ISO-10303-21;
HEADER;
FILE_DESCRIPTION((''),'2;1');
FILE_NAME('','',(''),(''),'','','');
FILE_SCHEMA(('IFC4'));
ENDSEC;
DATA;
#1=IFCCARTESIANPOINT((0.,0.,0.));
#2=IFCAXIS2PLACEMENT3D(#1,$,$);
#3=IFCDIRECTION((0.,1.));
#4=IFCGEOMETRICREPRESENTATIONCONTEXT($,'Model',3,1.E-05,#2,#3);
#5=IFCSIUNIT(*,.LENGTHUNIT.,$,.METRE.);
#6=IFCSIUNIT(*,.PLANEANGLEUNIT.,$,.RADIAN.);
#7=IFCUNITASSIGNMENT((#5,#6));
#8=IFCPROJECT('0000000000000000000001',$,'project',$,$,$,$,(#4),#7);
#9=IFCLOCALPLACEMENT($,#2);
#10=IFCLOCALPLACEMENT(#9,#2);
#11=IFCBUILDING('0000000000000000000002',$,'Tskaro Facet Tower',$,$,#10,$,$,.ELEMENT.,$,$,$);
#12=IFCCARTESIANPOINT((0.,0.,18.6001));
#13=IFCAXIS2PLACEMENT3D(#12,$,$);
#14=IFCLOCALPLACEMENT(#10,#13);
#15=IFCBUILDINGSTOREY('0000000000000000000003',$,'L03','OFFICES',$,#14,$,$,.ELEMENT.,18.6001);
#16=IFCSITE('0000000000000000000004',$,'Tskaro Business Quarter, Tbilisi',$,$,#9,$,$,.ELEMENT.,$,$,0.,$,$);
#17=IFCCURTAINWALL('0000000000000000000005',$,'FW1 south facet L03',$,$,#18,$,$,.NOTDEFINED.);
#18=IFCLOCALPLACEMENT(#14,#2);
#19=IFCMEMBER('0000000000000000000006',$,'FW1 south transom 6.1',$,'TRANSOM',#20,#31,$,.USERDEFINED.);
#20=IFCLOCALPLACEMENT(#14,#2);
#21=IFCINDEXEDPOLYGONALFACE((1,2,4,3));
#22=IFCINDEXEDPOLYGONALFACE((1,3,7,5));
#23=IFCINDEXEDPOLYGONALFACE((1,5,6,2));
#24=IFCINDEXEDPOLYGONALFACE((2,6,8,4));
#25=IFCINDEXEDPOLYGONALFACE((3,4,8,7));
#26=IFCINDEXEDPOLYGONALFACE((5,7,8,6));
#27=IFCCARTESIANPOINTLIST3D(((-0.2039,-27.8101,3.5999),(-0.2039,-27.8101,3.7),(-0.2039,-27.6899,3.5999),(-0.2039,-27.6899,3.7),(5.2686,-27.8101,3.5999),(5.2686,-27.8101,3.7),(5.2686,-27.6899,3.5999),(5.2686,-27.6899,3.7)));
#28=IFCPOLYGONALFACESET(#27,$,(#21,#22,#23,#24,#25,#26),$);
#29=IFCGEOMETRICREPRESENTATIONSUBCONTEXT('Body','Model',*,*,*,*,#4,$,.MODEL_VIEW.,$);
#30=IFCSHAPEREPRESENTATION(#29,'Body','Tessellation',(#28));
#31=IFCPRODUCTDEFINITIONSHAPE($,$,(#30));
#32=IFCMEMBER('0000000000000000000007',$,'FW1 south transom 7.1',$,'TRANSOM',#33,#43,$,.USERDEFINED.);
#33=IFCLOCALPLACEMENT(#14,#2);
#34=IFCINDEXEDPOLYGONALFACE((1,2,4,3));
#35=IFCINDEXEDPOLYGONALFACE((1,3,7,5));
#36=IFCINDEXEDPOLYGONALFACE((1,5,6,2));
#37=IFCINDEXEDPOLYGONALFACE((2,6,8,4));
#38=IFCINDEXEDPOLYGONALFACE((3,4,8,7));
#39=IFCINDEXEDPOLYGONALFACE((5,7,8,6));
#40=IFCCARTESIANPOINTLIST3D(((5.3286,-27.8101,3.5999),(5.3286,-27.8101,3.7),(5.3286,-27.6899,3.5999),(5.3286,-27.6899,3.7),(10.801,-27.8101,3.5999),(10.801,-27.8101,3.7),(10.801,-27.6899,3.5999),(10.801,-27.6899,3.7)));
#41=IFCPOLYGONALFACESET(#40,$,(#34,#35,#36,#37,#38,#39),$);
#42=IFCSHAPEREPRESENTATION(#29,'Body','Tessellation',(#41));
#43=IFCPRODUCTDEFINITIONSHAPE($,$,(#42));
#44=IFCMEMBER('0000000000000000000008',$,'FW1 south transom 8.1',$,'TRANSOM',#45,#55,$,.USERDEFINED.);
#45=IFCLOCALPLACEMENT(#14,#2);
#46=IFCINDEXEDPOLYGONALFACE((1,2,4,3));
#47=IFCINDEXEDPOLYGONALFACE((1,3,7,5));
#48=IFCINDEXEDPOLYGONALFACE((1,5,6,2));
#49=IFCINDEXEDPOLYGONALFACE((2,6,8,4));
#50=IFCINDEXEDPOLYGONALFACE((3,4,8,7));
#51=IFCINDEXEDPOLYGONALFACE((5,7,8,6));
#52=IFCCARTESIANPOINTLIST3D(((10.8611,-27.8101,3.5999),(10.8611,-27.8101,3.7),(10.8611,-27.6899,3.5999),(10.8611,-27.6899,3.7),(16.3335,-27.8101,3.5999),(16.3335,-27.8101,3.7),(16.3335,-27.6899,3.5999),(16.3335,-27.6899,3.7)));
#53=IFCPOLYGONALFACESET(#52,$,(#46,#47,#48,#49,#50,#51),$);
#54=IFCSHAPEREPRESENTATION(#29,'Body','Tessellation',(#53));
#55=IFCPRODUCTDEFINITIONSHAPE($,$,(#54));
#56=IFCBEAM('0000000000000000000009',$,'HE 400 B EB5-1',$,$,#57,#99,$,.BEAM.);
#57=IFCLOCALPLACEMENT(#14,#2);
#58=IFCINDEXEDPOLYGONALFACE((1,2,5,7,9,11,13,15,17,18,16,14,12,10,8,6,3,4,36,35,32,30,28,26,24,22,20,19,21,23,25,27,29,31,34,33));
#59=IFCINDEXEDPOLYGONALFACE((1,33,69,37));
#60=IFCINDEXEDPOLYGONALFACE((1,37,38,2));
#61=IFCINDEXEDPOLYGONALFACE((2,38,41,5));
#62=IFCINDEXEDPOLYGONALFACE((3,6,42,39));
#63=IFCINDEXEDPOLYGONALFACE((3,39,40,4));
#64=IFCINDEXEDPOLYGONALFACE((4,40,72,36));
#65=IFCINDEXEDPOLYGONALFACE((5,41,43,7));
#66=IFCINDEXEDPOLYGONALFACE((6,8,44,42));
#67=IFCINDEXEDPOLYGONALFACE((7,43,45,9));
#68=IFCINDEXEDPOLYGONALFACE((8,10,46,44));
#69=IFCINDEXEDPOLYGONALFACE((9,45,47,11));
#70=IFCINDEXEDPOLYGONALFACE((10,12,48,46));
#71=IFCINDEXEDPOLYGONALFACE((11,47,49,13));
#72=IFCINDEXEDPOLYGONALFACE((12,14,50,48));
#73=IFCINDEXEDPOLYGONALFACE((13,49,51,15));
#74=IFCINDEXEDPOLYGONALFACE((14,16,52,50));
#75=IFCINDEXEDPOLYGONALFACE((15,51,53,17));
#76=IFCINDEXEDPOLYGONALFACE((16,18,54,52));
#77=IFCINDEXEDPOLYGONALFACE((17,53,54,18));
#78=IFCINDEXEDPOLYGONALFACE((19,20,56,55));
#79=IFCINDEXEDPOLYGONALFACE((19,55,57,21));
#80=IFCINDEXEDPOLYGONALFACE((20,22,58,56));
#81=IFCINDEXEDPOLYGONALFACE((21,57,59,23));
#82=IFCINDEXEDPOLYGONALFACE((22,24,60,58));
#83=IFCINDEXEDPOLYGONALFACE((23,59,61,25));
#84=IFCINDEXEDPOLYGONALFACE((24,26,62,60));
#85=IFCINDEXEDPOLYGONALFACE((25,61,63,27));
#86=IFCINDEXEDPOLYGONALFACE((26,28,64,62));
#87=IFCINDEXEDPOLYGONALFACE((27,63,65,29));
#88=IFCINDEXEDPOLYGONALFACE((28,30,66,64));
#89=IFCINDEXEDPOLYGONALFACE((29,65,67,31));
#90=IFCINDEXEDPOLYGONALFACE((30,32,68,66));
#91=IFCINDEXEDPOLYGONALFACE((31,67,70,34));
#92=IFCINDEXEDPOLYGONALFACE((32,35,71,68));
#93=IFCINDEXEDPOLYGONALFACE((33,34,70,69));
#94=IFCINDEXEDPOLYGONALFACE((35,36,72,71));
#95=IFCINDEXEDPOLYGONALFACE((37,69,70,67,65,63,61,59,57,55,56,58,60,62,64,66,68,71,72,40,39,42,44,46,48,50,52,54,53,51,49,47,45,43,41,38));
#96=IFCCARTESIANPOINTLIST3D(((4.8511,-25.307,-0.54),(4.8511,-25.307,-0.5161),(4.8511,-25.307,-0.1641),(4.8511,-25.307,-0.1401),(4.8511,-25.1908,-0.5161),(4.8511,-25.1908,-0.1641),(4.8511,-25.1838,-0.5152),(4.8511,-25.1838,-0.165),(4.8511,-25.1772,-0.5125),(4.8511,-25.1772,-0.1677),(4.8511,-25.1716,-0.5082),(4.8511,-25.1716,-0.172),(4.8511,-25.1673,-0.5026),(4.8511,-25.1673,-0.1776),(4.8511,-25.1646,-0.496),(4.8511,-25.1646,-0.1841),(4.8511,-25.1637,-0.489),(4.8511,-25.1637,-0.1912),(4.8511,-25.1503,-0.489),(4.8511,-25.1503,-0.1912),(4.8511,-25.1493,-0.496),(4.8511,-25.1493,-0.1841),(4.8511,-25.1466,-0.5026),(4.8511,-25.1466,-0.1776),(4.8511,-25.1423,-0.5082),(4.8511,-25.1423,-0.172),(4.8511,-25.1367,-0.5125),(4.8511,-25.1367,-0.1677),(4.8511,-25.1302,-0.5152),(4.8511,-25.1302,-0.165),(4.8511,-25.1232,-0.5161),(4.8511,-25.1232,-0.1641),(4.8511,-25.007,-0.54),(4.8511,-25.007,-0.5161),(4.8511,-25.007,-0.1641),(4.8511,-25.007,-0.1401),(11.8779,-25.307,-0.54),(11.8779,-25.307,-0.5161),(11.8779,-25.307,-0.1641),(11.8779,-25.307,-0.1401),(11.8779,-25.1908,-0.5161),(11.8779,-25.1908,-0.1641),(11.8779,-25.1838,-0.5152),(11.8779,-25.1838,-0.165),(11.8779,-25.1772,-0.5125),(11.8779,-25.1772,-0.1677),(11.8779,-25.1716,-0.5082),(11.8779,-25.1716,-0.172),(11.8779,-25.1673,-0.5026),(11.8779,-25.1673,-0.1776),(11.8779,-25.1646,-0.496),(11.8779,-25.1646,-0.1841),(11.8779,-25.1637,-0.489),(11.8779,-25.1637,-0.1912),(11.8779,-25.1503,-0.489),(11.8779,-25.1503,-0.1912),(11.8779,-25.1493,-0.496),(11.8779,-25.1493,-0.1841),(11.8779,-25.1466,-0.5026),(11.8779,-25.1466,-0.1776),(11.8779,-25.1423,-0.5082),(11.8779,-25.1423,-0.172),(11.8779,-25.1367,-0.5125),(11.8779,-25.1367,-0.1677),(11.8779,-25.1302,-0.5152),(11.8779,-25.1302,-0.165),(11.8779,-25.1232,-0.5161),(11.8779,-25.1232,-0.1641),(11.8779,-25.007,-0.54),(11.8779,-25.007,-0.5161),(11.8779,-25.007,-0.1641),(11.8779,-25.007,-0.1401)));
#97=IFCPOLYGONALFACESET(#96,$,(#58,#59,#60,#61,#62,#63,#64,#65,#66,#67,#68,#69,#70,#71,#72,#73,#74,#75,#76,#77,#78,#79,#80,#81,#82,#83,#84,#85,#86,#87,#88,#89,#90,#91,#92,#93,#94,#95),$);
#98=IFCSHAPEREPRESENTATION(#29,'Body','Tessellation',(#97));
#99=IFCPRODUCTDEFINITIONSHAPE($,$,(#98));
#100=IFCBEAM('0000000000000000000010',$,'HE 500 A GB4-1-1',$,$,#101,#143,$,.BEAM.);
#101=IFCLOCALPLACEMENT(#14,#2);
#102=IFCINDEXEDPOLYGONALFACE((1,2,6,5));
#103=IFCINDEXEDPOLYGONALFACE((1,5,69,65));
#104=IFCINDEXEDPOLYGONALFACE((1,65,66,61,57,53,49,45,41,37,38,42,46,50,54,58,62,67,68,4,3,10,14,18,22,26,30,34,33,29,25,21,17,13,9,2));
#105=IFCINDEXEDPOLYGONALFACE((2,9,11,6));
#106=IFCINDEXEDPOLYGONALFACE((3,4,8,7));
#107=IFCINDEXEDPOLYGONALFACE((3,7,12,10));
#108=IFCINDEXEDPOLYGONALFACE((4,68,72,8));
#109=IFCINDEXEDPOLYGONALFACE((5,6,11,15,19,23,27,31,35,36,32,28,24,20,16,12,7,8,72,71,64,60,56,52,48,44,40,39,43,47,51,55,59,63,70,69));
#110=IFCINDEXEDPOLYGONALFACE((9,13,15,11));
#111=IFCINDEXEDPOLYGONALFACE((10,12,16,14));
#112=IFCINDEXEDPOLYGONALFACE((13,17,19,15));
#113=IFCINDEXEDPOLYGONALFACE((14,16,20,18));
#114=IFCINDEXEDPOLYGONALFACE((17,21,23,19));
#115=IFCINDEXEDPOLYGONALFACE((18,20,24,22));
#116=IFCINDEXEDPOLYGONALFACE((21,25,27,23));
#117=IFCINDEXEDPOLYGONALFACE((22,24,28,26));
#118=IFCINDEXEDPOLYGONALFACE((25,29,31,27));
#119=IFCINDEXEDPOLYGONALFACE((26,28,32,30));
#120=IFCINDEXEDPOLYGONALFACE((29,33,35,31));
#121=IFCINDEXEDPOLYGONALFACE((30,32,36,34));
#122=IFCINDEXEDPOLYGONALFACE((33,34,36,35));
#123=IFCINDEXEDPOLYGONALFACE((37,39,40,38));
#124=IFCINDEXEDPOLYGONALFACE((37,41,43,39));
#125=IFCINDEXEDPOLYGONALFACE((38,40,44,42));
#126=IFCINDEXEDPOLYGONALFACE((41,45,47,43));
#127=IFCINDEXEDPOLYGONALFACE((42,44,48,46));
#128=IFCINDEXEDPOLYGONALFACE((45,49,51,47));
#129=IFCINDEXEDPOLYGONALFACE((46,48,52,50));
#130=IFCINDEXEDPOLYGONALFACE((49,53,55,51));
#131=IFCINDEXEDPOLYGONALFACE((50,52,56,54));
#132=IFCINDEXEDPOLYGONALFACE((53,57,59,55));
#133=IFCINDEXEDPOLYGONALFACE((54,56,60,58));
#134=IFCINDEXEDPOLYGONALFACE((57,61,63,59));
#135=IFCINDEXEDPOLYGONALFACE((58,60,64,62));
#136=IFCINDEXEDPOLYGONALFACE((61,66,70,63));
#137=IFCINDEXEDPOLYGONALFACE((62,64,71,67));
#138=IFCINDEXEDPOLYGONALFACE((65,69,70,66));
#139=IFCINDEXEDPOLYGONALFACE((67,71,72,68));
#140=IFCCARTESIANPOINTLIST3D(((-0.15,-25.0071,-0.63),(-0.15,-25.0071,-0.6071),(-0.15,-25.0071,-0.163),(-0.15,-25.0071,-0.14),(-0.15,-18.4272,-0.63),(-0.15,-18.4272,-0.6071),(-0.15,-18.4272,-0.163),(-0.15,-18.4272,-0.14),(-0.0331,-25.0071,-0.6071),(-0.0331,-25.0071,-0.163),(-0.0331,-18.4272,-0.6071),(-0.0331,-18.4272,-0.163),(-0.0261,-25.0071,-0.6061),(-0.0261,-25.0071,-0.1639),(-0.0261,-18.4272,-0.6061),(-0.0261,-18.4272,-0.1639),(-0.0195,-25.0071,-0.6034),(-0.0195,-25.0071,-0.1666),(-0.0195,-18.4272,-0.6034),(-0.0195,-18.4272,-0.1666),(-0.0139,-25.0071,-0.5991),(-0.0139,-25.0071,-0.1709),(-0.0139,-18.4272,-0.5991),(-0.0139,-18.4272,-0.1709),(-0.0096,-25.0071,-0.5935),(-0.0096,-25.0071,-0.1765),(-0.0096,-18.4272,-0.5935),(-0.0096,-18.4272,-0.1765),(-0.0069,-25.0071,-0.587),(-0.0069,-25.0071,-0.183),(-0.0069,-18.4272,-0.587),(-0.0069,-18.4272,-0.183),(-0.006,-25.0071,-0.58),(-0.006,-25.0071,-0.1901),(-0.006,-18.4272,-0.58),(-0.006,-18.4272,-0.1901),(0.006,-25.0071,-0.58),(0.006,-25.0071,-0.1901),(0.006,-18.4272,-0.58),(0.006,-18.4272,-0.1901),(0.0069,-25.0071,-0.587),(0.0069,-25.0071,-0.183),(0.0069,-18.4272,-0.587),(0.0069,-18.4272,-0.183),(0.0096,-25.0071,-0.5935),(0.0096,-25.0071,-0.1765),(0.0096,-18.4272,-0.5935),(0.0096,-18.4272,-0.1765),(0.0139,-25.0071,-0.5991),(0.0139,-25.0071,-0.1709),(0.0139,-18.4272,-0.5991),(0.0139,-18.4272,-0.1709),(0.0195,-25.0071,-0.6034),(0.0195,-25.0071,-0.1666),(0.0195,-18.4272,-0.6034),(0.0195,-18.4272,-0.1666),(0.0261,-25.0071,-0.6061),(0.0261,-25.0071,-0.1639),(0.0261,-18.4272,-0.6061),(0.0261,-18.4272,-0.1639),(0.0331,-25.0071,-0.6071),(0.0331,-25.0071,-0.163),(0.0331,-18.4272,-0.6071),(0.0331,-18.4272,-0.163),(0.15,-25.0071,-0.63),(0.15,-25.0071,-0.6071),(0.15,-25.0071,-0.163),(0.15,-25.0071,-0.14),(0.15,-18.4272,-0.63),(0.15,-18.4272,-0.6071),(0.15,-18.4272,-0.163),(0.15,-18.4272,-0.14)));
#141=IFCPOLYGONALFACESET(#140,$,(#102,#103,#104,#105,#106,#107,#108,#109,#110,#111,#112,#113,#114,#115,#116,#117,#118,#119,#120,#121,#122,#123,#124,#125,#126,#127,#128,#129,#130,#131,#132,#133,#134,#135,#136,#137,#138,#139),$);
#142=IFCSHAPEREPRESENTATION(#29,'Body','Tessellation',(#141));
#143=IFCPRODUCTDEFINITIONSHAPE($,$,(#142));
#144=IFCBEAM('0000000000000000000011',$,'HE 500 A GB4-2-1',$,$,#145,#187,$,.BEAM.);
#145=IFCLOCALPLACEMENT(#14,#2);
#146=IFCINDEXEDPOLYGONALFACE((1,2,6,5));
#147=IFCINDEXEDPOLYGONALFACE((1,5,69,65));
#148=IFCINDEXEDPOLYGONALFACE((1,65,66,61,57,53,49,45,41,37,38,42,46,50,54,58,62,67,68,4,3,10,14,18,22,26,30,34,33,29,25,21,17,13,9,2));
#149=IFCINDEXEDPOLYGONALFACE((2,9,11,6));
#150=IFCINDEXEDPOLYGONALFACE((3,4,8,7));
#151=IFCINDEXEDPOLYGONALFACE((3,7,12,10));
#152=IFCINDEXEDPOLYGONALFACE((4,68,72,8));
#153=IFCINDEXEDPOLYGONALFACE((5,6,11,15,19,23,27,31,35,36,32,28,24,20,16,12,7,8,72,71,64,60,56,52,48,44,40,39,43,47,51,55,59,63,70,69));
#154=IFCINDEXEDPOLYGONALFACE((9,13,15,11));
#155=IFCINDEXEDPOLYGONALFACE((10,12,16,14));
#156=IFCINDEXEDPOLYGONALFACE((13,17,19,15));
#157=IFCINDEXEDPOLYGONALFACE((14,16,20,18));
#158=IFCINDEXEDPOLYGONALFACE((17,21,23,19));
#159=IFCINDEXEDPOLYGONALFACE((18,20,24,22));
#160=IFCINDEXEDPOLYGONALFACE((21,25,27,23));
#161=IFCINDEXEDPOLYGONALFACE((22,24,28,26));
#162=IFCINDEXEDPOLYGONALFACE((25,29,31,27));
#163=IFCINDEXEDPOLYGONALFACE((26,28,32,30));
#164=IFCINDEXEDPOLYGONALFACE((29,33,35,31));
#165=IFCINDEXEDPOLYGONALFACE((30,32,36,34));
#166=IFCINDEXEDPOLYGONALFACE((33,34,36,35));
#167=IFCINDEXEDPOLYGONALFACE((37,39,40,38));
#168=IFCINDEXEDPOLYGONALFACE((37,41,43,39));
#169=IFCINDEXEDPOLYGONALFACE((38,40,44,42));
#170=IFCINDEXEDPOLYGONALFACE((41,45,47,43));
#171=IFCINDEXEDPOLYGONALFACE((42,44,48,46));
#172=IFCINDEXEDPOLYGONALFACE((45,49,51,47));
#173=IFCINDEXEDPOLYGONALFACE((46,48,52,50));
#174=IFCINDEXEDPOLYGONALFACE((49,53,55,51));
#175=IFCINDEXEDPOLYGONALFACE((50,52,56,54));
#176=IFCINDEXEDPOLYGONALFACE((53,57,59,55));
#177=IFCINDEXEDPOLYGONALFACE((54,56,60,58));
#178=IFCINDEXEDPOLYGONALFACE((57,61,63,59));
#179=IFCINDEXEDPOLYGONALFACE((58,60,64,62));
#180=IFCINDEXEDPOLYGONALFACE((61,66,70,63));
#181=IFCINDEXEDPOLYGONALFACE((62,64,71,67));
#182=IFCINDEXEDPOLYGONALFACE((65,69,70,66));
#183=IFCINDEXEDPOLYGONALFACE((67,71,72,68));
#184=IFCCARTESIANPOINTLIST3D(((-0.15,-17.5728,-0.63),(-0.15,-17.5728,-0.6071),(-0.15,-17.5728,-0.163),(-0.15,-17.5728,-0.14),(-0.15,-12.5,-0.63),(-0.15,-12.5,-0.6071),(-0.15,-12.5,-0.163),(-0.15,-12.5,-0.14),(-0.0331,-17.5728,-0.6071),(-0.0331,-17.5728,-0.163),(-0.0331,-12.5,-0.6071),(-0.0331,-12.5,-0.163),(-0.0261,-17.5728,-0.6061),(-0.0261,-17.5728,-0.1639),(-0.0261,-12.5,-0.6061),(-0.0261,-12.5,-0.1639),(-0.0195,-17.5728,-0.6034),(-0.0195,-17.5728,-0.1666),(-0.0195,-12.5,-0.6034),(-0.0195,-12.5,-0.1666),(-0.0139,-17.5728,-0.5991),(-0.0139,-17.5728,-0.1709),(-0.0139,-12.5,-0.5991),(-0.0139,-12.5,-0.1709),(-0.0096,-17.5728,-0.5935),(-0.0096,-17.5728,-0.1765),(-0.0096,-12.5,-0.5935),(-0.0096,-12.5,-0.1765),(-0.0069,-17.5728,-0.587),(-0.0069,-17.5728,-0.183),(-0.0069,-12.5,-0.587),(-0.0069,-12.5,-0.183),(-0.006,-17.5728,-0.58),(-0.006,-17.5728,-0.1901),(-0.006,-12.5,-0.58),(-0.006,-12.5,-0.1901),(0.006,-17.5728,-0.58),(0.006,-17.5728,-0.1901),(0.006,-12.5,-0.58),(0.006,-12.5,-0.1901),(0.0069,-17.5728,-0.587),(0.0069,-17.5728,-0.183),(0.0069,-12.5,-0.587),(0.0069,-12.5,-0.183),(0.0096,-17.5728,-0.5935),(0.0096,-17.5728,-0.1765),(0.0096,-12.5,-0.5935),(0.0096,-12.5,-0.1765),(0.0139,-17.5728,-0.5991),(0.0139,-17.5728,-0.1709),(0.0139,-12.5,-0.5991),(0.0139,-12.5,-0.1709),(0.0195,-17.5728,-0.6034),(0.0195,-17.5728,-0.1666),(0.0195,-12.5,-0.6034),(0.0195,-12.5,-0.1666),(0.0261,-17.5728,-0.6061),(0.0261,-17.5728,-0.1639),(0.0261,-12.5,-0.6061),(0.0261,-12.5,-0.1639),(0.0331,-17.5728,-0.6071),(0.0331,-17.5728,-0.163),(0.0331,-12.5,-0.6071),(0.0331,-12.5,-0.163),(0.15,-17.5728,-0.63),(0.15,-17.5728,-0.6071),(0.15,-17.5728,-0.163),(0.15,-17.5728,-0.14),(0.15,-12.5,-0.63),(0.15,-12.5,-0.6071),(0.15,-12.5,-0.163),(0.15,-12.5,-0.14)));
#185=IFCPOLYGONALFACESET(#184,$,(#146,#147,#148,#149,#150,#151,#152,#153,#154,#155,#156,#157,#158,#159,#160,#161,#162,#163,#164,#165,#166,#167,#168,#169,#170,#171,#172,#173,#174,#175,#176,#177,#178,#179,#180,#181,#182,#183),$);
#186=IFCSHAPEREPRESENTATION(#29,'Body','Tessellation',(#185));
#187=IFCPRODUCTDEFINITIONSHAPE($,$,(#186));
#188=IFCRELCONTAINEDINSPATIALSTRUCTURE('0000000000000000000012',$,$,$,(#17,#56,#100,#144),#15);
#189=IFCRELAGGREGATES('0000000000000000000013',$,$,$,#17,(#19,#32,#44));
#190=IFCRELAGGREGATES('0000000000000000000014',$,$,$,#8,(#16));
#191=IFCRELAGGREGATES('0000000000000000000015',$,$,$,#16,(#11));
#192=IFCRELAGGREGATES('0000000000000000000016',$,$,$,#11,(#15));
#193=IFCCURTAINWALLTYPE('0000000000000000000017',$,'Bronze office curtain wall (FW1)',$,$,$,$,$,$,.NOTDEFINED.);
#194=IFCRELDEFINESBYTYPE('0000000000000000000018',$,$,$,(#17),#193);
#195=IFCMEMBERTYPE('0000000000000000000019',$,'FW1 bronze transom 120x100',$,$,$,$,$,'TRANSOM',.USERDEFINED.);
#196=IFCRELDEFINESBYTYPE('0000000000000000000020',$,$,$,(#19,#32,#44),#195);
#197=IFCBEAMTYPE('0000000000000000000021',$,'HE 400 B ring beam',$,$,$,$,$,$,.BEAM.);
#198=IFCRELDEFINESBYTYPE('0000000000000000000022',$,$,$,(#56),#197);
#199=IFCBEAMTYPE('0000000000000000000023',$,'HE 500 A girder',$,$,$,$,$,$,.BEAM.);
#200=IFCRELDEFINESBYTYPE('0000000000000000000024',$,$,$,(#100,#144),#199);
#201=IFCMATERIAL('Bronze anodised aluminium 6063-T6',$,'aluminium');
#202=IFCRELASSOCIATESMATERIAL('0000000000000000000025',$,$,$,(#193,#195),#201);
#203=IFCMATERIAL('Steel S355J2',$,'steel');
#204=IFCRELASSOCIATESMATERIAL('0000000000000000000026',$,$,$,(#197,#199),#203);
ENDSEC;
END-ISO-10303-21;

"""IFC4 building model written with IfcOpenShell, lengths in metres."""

from ifc_helpers import new_model, si_unit, direction, frame, origin, origin_2d, place, context, subcontext, project, spatial, rectangle, i_section, extrude, material, material_profile, profile_set, type_object, element, aggregate, save


model = new_model("IFC4")

# Units and contexts
model_context = context("Model", 3, precision=1e-05, world=origin(), true_north=direction((0.0, 1.0)))
body_context = subcontext(model_context, "Body", "Model", "MODEL_VIEW")
ifc_project = project(units=[si_unit("LENGTHUNIT", "METRE"), si_unit("PLANEANGLEUNIT", "RADIAN")], contexts=[model_context])

# Site, building, storey
site_placement = place(None, origin())
site = spatial("IfcSite", under=ifc_project, at=site_placement, Name="Tskaro Business Quarter, Tbilisi", CompositionType="ELEMENT", RefElevation=0.0)
building_placement = place(site_placement, origin())
building = spatial("IfcBuilding", under=site, at=building_placement, Name="Tskaro Facet Tower", CompositionType="ELEMENT")
storey_placement = place(building_placement, frame((0.0, 0.0, 18.6001)))
storey = spatial("IfcBuildingStorey", under=building, at=storey_placement, Name="L03", Description="OFFICES", CompositionType="ELEMENT", Elevation=18.6001)

# Curtain wall, members
ifc_material_1 = material(Name="Bronze anodised aluminium 6063-T6", Category="aluminium")
curtain_wall_type = type_object("IfcCurtainWallType", Name="Bronze office curtain wall (FW1)", PredefinedType="NOTDEFINED", material=ifc_material_1)
curtain_wall_placement = place(storey_placement, origin())
curtain_wall = element("IfcCurtainWall", 1, at=curtain_wall_placement, inside=storey, type_object=curtain_wall_type, Name="FW1 south facet L03", PredefinedType="NOTDEFINED")
ifc_material_profile_1 = material_profile(ifc_material_1, rectangle(XDim=0.1201, YDim=0.1001, at=origin_2d()), Name="Transom 120x100")
ifc_profile_set_1 = profile_set([ifc_material_profile_1], Name="Bronze anodised aluminium 6063-T6")
member_type_1 = type_object("IfcMemberType", Name="FW1 bronze transom 120x100", ElementType="TRANSOM", PredefinedType="USERDEFINED", material=ifc_profile_set_1)
member_1_placement = place(storey_placement, frame((-0.2039, -27.75, 3.6499), z_axis=(1.0, 0.0, 0.0), x_axis=(0.0, 1.0, 0.0)))
member_1 = element("IfcMember", 2, at=member_1_placement, type_object=member_type_1, Name="FW1 south transom 6.1", ObjectType="TRANSOM", PredefinedType="USERDEFINED", context=body_context, shape_type="SweptSolid", body=[
    extrude(rectangle(XDim=0.1201, YDim=0.1001, at=origin_2d()), origin(), (0.0, 0.0, 1.0), 5.4724),
])
member_2_placement = place(storey_placement, frame((5.3286, -27.75, 3.6499), z_axis=(1.0, 0.0, 0.0), x_axis=(0.0, 1.0, 0.0)))
member_2 = element("IfcMember", 3, at=member_2_placement, type_object=member_type_1, Name="FW1 south transom 7.1", ObjectType="TRANSOM", PredefinedType="USERDEFINED", context=body_context, shape_type="SweptSolid", body=[
    extrude(rectangle(XDim=0.1201, YDim=0.1001, at=origin_2d()), origin(), (0.0, 0.0, 1.0), 5.4724),
])
member_3_placement = place(storey_placement, frame((10.8611, -27.75, 3.6499), z_axis=(1.0, 0.0, 0.0), x_axis=(0.0, 1.0, 0.0)))
member_3 = element("IfcMember", 4, at=member_3_placement, type_object=member_type_1, Name="FW1 south transom 8.1", ObjectType="TRANSOM", PredefinedType="USERDEFINED", context=body_context, shape_type="SweptSolid", body=[
    extrude(rectangle(XDim=0.1201, YDim=0.1001, at=origin_2d()), origin(), (0.0, 0.0, 1.0), 5.4724),
])

# Beams
ifc_material_2 = material(Name="Steel S355J2", Category="steel")
ifc_material_profile_2 = material_profile(ifc_material_2, i_section(OverallWidth=0.3, OverallDepth=0.3999, WebThickness=0.0134, FlangeThickness=0.0239, FilletRadius=0.0271, at=origin_2d()), Name="HE 400 B")
ifc_profile_set_2 = profile_set([ifc_material_profile_2], Name="Steel S355J2")
beam_type_1 = type_object("IfcBeamType", Name="HE 400 B ring beam", PredefinedType="BEAM", material=ifc_profile_set_2)
beam_1_placement = place(storey_placement, frame((4.8511, -25.157, -0.3401), z_axis=(1.0, 0.0, 0.0), x_axis=(0.0, 1.0, 0.0)))
element("IfcBeam", 5, at=beam_1_placement, inside=storey, type_object=beam_type_1, Name="HE 400 B EB5-1", PredefinedType="BEAM", context=body_context, shape_type="SweptSolid", body=[
    extrude(i_section(OverallWidth=0.3, OverallDepth=0.3999, WebThickness=0.0134, FlangeThickness=0.0239, FilletRadius=0.0271, at=origin_2d()), origin(), (0.0, 0.0, 1.0), 7.0269),
])
ifc_material_profile_3 = material_profile(ifc_material_2, i_section(OverallWidth=0.3, OverallDepth=0.49, WebThickness=0.012, FlangeThickness=0.0229, FilletRadius=0.0271, at=origin_2d()), Name="HE 500 A")
ifc_profile_set_3 = profile_set([ifc_material_profile_3], Name="Steel S355J2")
beam_type_2 = type_object("IfcBeamType", Name="HE 500 A girder", PredefinedType="BEAM", material=ifc_profile_set_3)
beam_2_placement = place(storey_placement, frame((0.0, -25.0071, -0.385), z_axis=(0.0, 1.0, 0.0), x_axis=(-1.0, 0.0, 0.0)))
element("IfcBeam", 6, at=beam_2_placement, inside=storey, type_object=beam_type_2, Name="HE 500 A GB4-1-1", PredefinedType="BEAM", context=body_context, shape_type="SweptSolid", body=[
    extrude(i_section(OverallWidth=0.3, OverallDepth=0.49, WebThickness=0.012, FlangeThickness=0.0229, FilletRadius=0.0271, at=origin_2d()), origin(), (0.0, 0.0, 1.0), 6.5798),
])
beam_3_placement = place(storey_placement, frame((0.0, -17.5728, -0.385), z_axis=(0.0, 1.0, 0.0), x_axis=(-1.0, 0.0, 0.0)))
element("IfcBeam", 7, at=beam_3_placement, inside=storey, type_object=beam_type_2, Name="HE 500 A GB4-2-1", PredefinedType="BEAM", context=body_context, shape_type="SweptSolid", body=[
    extrude(i_section(OverallWidth=0.3, OverallDepth=0.49, WebThickness=0.012, FlangeThickness=0.0229, FilletRadius=0.0271, at=origin_2d()), origin(), (0.0, 0.0, 1.0), 5.0728),
])

aggregate(curtain_wall, [member_1, member_2, member_3])

save(model, "model.ifc")
